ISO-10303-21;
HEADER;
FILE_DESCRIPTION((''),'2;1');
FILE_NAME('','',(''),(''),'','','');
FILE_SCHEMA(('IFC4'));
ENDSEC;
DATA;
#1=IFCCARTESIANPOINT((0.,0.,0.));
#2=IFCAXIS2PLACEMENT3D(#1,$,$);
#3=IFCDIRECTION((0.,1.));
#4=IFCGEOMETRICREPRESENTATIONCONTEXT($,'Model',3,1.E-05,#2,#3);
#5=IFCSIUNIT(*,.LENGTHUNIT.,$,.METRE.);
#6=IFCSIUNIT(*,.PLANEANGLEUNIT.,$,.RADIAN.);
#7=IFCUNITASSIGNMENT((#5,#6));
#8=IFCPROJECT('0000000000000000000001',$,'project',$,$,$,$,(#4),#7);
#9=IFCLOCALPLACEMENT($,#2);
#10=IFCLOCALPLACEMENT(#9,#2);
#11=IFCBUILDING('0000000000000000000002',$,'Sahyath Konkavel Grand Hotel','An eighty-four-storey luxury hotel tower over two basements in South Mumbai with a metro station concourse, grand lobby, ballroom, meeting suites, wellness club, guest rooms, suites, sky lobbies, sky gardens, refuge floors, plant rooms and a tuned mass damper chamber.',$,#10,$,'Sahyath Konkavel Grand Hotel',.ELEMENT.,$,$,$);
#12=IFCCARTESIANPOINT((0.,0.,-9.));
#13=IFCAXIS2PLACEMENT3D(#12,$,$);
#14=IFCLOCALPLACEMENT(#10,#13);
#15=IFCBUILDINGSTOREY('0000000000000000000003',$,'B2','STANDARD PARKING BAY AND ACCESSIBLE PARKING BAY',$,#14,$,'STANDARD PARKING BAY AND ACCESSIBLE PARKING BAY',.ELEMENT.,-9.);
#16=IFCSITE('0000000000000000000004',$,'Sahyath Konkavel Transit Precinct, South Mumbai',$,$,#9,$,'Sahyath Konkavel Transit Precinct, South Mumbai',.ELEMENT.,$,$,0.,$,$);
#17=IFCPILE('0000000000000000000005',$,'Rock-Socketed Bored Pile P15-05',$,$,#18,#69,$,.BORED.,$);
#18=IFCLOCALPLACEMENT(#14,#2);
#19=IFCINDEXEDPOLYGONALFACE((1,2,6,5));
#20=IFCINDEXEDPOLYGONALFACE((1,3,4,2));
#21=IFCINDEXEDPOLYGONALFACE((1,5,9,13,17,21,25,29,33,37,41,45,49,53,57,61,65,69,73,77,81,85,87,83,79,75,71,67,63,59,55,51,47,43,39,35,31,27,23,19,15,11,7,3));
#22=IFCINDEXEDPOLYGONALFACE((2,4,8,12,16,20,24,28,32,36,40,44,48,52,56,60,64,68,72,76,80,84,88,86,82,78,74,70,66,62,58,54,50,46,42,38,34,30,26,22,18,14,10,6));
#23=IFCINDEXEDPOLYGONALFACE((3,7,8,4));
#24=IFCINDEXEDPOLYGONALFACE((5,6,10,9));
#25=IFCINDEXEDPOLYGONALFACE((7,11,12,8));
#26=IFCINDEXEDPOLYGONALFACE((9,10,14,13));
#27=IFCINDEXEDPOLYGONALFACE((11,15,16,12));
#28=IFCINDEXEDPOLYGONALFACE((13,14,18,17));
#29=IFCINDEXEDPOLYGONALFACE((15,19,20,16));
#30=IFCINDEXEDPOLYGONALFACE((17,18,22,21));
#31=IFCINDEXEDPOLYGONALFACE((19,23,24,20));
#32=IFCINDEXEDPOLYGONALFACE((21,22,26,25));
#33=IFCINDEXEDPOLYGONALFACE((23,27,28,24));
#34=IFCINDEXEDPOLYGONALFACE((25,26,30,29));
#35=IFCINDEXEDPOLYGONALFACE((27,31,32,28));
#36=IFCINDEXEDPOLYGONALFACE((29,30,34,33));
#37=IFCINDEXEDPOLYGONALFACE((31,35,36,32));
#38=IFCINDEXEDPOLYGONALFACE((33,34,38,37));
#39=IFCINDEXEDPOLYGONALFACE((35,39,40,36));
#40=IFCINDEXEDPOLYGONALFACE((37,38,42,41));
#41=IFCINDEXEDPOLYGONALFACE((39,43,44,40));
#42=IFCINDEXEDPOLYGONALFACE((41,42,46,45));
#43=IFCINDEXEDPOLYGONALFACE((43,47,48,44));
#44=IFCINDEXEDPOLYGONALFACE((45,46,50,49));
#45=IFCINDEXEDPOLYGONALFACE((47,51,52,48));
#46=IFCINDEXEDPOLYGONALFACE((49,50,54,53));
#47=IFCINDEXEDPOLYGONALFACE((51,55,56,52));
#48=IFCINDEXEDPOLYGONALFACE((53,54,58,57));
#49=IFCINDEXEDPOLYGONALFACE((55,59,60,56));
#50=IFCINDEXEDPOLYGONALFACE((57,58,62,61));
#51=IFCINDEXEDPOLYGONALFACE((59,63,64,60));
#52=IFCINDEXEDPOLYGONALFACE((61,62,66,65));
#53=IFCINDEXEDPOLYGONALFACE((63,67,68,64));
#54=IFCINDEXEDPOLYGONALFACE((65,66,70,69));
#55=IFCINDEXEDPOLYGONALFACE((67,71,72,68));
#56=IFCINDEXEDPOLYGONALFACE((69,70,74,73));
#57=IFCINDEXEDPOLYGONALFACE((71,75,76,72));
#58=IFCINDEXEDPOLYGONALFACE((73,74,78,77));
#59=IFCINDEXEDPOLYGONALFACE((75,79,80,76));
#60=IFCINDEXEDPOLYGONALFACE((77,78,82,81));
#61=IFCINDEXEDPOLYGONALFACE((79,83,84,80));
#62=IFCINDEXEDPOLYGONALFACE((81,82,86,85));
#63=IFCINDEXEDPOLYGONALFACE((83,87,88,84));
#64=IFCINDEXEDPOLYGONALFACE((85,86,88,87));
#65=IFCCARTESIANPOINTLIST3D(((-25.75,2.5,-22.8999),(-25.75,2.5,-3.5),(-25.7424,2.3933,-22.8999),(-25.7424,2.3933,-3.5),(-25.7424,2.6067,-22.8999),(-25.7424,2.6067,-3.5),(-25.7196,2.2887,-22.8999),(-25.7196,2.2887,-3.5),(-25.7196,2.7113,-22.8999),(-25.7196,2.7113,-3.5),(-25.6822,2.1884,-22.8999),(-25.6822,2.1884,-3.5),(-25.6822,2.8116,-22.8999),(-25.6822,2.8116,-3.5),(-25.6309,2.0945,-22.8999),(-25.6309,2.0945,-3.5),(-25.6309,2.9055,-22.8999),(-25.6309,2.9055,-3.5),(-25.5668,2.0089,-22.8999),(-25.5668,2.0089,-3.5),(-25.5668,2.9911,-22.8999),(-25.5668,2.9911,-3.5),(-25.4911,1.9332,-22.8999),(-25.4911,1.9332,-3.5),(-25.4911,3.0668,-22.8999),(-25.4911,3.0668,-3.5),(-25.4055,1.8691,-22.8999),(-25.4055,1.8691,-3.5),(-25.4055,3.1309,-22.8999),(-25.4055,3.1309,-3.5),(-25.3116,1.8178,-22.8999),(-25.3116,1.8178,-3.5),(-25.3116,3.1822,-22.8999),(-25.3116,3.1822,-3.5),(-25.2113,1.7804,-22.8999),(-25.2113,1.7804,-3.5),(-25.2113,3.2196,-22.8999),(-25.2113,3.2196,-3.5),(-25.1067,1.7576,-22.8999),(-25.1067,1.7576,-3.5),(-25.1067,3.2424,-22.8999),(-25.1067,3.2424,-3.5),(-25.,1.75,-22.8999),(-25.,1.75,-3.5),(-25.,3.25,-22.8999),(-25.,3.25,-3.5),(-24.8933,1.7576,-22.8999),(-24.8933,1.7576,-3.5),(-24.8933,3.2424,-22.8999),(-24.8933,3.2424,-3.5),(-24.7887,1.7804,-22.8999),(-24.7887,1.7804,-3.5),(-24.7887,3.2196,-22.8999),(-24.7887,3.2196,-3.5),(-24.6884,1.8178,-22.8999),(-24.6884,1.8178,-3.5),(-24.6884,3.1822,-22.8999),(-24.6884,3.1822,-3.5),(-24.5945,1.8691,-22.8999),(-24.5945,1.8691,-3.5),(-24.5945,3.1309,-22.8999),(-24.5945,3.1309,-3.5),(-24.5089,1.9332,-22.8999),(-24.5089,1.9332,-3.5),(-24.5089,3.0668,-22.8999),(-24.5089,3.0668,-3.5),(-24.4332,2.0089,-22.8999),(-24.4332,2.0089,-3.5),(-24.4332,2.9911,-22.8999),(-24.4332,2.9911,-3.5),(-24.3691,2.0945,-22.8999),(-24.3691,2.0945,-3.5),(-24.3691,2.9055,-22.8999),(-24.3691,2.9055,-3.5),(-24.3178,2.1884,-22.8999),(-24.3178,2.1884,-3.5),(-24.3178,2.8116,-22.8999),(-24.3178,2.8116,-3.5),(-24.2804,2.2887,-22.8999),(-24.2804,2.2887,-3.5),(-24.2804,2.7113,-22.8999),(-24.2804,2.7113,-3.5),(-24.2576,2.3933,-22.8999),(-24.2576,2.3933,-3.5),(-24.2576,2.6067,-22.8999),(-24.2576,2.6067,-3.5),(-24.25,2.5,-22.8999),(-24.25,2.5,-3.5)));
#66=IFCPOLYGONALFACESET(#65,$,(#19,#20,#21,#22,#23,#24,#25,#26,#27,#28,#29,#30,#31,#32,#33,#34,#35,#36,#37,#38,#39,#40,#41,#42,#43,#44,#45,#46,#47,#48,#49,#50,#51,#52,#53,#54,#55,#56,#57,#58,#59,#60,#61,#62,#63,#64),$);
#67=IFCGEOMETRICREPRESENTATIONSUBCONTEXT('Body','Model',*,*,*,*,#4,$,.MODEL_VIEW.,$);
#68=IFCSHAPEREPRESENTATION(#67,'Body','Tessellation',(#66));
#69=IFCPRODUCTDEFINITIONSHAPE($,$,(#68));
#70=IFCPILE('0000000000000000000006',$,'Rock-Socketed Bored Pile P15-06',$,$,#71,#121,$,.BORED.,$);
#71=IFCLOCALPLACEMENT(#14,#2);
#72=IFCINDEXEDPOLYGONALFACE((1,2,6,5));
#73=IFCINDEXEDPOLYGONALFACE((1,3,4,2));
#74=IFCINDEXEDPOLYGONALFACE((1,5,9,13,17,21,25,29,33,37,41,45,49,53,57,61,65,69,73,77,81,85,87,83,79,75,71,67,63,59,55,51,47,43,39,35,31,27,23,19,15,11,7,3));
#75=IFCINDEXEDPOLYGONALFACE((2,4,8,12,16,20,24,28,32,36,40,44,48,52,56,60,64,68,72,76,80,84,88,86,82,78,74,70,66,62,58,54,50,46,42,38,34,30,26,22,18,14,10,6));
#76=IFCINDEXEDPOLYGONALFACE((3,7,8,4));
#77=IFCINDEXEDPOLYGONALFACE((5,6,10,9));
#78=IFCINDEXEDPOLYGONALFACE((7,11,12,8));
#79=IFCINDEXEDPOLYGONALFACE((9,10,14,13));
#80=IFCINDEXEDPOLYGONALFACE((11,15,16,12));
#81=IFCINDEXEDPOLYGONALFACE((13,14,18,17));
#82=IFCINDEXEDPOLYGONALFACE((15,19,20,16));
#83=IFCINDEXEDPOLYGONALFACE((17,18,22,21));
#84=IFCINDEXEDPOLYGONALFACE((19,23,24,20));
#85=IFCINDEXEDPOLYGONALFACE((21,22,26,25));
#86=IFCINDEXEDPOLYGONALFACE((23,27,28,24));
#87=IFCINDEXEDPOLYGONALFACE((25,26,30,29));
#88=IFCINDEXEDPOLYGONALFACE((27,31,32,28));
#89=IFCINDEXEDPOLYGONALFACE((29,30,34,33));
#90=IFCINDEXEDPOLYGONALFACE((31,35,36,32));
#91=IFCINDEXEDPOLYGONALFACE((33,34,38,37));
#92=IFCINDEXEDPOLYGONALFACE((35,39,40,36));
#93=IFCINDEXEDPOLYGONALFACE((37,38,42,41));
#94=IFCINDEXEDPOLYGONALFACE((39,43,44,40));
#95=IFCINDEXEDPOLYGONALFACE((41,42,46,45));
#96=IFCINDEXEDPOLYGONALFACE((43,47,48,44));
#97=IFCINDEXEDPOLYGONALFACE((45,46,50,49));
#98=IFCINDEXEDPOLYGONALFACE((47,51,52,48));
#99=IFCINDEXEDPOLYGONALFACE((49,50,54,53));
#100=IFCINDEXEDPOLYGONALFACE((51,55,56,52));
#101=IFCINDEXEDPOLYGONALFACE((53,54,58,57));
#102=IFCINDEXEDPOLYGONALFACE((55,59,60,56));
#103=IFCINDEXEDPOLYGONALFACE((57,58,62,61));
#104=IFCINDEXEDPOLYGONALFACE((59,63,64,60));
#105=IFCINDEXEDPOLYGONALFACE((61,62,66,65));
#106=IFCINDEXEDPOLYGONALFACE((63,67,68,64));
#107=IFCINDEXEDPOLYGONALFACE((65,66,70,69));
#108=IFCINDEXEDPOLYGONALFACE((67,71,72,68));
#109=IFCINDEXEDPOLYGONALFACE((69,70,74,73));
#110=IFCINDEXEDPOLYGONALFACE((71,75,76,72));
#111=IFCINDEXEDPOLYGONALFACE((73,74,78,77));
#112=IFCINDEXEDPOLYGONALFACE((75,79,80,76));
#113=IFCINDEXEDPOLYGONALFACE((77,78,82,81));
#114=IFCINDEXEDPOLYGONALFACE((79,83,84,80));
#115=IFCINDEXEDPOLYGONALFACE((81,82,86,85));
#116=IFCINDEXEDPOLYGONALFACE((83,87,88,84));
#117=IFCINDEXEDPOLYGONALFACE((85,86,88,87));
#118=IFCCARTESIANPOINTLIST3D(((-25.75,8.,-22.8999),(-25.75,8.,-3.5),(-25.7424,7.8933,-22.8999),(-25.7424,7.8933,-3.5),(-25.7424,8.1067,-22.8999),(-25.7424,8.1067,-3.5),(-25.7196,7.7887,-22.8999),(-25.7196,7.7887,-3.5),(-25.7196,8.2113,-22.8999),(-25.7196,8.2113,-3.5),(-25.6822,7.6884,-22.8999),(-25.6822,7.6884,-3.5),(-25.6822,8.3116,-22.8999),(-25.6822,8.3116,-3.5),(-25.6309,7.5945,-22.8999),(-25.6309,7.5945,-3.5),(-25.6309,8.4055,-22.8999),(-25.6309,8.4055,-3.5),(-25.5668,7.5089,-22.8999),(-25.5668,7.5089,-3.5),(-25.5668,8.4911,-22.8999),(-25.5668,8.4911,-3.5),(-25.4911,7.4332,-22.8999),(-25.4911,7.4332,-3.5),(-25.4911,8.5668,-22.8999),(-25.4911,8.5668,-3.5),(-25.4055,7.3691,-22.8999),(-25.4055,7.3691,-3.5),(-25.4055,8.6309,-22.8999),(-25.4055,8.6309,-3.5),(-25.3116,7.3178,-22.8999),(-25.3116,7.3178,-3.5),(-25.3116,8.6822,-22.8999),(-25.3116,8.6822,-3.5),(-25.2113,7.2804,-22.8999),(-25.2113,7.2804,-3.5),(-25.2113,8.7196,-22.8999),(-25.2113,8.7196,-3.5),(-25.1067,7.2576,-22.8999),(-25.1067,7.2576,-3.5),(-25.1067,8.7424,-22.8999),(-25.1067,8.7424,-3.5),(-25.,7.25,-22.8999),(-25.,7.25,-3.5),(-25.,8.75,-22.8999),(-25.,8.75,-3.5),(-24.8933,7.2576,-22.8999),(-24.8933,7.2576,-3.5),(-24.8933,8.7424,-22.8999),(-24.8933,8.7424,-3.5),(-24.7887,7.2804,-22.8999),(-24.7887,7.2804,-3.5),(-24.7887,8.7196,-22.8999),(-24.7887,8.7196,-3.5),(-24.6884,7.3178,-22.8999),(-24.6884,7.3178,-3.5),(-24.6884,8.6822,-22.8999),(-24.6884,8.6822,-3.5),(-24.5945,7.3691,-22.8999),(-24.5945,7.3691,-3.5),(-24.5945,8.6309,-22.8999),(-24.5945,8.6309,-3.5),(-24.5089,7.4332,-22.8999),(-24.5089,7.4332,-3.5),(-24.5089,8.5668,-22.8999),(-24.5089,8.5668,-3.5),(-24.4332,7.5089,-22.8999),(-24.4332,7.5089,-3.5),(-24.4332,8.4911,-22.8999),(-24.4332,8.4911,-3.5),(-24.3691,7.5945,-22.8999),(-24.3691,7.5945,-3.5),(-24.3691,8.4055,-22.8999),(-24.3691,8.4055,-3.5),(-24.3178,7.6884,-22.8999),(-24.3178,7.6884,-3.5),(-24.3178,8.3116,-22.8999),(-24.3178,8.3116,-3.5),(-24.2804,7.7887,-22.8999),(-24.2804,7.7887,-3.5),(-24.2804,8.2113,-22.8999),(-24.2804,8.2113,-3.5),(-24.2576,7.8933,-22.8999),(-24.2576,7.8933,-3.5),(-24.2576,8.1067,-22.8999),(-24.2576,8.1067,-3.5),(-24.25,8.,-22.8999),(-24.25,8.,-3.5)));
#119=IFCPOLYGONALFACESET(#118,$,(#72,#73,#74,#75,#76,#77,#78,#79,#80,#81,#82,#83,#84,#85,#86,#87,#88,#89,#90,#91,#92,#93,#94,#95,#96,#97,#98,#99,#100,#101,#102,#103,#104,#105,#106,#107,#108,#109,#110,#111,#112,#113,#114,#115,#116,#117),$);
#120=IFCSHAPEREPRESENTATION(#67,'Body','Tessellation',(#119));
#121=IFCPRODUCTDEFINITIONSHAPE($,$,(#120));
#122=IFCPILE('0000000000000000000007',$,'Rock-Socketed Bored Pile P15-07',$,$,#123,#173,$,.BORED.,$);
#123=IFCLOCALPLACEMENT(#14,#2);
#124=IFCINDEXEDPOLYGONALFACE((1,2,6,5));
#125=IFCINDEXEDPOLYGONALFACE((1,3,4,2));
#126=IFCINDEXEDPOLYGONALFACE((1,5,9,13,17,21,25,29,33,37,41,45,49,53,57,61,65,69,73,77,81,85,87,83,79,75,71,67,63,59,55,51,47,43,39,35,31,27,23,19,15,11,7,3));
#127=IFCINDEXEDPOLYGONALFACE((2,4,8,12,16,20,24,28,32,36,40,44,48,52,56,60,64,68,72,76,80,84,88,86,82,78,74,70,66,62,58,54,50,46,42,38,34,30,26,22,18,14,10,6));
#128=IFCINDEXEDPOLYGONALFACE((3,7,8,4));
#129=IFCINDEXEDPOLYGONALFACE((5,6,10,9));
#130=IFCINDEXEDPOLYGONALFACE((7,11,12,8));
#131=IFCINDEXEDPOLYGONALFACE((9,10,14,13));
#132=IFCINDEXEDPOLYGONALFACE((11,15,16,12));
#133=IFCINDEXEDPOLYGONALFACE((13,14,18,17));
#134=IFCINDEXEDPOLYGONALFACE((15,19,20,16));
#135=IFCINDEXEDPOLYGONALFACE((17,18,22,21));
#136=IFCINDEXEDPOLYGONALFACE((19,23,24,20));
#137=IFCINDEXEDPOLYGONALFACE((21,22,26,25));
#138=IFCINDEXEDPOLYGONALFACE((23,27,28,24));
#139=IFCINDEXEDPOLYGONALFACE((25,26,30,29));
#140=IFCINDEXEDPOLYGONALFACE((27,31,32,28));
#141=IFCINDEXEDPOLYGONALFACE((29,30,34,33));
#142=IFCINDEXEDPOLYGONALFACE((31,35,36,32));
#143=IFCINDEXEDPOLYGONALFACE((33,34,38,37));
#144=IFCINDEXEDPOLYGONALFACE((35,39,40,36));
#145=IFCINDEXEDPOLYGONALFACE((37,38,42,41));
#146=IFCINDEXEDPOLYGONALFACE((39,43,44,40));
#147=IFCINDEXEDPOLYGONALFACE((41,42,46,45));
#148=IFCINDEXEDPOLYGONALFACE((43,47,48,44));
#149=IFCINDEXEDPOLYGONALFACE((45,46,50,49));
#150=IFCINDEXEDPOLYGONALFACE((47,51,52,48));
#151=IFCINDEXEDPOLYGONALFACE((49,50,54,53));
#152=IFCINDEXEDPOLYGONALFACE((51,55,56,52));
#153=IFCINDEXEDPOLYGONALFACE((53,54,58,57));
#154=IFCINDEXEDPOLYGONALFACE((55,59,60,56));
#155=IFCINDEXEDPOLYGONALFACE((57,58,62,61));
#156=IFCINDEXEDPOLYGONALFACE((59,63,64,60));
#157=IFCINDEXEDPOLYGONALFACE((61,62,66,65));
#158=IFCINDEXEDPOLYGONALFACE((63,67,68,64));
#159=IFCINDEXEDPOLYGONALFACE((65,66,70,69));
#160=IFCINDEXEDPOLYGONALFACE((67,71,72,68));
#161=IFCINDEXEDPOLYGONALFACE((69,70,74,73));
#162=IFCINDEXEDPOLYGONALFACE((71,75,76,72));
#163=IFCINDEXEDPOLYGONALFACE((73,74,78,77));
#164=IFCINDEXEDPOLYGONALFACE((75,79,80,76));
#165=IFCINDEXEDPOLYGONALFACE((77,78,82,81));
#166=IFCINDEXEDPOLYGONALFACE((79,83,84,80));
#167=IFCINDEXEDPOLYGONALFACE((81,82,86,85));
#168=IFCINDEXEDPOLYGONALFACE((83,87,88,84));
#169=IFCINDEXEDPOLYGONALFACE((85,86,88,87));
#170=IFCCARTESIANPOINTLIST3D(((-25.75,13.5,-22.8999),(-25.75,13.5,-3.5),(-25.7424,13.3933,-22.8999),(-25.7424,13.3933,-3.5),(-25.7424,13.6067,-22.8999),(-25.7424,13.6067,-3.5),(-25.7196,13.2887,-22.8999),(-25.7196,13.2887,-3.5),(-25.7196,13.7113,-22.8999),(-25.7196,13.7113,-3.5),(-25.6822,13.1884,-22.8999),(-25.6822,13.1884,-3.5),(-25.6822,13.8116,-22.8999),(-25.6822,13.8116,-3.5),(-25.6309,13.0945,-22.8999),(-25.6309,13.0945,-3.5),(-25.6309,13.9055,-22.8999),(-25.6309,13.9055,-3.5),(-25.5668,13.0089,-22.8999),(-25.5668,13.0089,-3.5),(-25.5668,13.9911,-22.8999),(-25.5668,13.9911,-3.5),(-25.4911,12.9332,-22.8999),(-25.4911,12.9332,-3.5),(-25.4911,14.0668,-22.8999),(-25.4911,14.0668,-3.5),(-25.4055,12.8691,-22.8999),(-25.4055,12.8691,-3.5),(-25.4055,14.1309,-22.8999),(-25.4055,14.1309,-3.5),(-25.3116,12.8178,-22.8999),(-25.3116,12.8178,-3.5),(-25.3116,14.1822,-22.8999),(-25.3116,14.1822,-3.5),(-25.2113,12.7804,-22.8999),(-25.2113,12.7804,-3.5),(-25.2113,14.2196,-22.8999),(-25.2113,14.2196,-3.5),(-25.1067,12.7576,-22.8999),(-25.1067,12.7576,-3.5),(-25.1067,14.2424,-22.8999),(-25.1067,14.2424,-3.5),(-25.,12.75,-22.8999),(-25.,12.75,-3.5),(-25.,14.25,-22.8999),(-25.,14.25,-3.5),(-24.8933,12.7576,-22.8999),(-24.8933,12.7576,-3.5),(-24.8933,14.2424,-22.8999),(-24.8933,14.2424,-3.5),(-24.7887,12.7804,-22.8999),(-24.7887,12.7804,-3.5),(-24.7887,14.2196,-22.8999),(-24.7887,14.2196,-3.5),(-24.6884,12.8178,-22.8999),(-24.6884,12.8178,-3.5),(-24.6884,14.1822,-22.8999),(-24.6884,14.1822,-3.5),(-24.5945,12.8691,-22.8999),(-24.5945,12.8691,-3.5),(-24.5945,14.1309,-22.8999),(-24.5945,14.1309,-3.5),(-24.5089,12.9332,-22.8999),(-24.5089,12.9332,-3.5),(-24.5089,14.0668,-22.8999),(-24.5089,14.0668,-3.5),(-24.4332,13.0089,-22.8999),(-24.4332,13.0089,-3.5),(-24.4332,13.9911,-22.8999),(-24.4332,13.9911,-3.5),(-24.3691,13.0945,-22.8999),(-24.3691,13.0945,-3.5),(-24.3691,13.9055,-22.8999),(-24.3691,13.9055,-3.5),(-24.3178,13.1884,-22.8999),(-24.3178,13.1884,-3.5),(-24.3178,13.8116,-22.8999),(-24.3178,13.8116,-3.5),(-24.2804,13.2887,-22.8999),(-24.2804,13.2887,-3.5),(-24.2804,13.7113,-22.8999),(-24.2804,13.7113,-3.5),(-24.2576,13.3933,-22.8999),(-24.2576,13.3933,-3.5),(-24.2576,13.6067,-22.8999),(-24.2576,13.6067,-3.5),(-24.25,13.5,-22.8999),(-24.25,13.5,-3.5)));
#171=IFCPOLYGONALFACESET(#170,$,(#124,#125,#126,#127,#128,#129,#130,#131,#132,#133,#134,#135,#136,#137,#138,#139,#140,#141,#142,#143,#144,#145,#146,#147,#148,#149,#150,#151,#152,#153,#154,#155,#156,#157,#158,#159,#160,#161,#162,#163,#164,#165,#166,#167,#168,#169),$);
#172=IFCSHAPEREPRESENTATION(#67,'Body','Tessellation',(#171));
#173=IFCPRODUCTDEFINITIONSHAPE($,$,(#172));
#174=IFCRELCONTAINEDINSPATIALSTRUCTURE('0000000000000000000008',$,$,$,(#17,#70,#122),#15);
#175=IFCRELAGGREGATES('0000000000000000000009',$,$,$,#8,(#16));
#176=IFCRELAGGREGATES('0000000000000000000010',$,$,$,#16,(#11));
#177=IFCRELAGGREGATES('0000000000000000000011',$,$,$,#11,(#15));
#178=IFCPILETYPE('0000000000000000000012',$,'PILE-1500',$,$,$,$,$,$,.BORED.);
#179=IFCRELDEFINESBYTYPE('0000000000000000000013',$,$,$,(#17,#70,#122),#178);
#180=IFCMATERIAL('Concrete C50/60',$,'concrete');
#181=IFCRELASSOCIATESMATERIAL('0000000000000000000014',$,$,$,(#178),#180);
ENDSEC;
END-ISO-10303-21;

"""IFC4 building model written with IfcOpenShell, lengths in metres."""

from ifc_helpers import new_model, si_unit, direction, frame, origin, origin_2d, place, context, subcontext, project, spatial, circle, extrude, material, material_profile, profile_set, type_object, element, save


model = new_model("IFC4")

# Units and contexts
model_context = context("Model", 3, precision=1e-05, world=origin(), true_north=direction((0.0, 1.0)))
body_context = subcontext(model_context, "Body", "Model", "MODEL_VIEW")
ifc_project = project(units=[si_unit("LENGTHUNIT", "METRE"), si_unit("PLANEANGLEUNIT", "RADIAN")], contexts=[model_context])

# Site, building, storey
site_placement = place(None, origin())
site = spatial("IfcSite", under=ifc_project, at=site_placement, Name="Sahyath Konkavel Transit Precinct, South Mumbai", LongName="Sahyath Konkavel Transit Precinct, South Mumbai", CompositionType="ELEMENT", RefElevation=0.0)
building_placement = place(site_placement, origin())
building = spatial("IfcBuilding", under=site, at=building_placement, Name="Sahyath Konkavel Grand Hotel", Description="An eighty-four-storey luxury hotel tower over two basements in South Mumbai with a metro station concourse, grand lobby, ballroom, meeting suites, wellness club, guest rooms, suites, sky lobbies, sky gardens, refuge floors, plant rooms and a tuned mass damper chamber.", LongName="Sahyath Konkavel Grand Hotel", CompositionType="ELEMENT")
storey_placement = place(building_placement, frame((0.0, 0.0, -9.0)))
storey = spatial("IfcBuildingStorey", under=building, at=storey_placement, Name="B2", Description="STANDARD PARKING BAY AND ACCESSIBLE PARKING BAY", LongName="STANDARD PARKING BAY AND ACCESSIBLE PARKING BAY", CompositionType="ELEMENT", Elevation=-9.0)

# Piles
ifc_material_1 = material(Name="Concrete C50/60", Category="concrete")
ifc_material_profile_1 = material_profile(ifc_material_1, circle(Radius=0.75, at=origin_2d()), Name="PILE D1500")
ifc_profile_set_1 = profile_set([ifc_material_profile_1], Name="Concrete C50/60")
pile_type = type_object("IfcPileType", Name="PILE-1500", PredefinedType="BORED", material=ifc_profile_set_1)
for number, where, z_axis, x_axis, name in (
    (1, (-25.0, 2.5, -3.5), (0.0, 0.0, -1.0), (1.0, 0.0, 0.0), "Rock-Socketed Bored Pile P15-05"),
    (2, (-25.0, 8.0, -3.5), (0.0, 0.0, -1.0), (1.0, 0.0, 0.0), "Rock-Socketed Bored Pile P15-06"),
    (3, (-25.0, 13.5, -3.5), (0.0, 0.0, -1.0), (1.0, 0.0, 0.0), "Rock-Socketed Bored Pile P15-07"),
):
    element("IfcPile", number, at=place(storey_placement, frame(where, z_axis=z_axis, x_axis=x_axis)), inside=storey, type_object=pile_type, Name=name, PredefinedType="BORED", context=body_context, shape_type="SweptSolid", body=[
        extrude(circle(Radius=0.75, at=origin_2d()), origin(), (0.0, 0.0, 1.0), 19.3999),
    ])

save(model, "model.ifc")
